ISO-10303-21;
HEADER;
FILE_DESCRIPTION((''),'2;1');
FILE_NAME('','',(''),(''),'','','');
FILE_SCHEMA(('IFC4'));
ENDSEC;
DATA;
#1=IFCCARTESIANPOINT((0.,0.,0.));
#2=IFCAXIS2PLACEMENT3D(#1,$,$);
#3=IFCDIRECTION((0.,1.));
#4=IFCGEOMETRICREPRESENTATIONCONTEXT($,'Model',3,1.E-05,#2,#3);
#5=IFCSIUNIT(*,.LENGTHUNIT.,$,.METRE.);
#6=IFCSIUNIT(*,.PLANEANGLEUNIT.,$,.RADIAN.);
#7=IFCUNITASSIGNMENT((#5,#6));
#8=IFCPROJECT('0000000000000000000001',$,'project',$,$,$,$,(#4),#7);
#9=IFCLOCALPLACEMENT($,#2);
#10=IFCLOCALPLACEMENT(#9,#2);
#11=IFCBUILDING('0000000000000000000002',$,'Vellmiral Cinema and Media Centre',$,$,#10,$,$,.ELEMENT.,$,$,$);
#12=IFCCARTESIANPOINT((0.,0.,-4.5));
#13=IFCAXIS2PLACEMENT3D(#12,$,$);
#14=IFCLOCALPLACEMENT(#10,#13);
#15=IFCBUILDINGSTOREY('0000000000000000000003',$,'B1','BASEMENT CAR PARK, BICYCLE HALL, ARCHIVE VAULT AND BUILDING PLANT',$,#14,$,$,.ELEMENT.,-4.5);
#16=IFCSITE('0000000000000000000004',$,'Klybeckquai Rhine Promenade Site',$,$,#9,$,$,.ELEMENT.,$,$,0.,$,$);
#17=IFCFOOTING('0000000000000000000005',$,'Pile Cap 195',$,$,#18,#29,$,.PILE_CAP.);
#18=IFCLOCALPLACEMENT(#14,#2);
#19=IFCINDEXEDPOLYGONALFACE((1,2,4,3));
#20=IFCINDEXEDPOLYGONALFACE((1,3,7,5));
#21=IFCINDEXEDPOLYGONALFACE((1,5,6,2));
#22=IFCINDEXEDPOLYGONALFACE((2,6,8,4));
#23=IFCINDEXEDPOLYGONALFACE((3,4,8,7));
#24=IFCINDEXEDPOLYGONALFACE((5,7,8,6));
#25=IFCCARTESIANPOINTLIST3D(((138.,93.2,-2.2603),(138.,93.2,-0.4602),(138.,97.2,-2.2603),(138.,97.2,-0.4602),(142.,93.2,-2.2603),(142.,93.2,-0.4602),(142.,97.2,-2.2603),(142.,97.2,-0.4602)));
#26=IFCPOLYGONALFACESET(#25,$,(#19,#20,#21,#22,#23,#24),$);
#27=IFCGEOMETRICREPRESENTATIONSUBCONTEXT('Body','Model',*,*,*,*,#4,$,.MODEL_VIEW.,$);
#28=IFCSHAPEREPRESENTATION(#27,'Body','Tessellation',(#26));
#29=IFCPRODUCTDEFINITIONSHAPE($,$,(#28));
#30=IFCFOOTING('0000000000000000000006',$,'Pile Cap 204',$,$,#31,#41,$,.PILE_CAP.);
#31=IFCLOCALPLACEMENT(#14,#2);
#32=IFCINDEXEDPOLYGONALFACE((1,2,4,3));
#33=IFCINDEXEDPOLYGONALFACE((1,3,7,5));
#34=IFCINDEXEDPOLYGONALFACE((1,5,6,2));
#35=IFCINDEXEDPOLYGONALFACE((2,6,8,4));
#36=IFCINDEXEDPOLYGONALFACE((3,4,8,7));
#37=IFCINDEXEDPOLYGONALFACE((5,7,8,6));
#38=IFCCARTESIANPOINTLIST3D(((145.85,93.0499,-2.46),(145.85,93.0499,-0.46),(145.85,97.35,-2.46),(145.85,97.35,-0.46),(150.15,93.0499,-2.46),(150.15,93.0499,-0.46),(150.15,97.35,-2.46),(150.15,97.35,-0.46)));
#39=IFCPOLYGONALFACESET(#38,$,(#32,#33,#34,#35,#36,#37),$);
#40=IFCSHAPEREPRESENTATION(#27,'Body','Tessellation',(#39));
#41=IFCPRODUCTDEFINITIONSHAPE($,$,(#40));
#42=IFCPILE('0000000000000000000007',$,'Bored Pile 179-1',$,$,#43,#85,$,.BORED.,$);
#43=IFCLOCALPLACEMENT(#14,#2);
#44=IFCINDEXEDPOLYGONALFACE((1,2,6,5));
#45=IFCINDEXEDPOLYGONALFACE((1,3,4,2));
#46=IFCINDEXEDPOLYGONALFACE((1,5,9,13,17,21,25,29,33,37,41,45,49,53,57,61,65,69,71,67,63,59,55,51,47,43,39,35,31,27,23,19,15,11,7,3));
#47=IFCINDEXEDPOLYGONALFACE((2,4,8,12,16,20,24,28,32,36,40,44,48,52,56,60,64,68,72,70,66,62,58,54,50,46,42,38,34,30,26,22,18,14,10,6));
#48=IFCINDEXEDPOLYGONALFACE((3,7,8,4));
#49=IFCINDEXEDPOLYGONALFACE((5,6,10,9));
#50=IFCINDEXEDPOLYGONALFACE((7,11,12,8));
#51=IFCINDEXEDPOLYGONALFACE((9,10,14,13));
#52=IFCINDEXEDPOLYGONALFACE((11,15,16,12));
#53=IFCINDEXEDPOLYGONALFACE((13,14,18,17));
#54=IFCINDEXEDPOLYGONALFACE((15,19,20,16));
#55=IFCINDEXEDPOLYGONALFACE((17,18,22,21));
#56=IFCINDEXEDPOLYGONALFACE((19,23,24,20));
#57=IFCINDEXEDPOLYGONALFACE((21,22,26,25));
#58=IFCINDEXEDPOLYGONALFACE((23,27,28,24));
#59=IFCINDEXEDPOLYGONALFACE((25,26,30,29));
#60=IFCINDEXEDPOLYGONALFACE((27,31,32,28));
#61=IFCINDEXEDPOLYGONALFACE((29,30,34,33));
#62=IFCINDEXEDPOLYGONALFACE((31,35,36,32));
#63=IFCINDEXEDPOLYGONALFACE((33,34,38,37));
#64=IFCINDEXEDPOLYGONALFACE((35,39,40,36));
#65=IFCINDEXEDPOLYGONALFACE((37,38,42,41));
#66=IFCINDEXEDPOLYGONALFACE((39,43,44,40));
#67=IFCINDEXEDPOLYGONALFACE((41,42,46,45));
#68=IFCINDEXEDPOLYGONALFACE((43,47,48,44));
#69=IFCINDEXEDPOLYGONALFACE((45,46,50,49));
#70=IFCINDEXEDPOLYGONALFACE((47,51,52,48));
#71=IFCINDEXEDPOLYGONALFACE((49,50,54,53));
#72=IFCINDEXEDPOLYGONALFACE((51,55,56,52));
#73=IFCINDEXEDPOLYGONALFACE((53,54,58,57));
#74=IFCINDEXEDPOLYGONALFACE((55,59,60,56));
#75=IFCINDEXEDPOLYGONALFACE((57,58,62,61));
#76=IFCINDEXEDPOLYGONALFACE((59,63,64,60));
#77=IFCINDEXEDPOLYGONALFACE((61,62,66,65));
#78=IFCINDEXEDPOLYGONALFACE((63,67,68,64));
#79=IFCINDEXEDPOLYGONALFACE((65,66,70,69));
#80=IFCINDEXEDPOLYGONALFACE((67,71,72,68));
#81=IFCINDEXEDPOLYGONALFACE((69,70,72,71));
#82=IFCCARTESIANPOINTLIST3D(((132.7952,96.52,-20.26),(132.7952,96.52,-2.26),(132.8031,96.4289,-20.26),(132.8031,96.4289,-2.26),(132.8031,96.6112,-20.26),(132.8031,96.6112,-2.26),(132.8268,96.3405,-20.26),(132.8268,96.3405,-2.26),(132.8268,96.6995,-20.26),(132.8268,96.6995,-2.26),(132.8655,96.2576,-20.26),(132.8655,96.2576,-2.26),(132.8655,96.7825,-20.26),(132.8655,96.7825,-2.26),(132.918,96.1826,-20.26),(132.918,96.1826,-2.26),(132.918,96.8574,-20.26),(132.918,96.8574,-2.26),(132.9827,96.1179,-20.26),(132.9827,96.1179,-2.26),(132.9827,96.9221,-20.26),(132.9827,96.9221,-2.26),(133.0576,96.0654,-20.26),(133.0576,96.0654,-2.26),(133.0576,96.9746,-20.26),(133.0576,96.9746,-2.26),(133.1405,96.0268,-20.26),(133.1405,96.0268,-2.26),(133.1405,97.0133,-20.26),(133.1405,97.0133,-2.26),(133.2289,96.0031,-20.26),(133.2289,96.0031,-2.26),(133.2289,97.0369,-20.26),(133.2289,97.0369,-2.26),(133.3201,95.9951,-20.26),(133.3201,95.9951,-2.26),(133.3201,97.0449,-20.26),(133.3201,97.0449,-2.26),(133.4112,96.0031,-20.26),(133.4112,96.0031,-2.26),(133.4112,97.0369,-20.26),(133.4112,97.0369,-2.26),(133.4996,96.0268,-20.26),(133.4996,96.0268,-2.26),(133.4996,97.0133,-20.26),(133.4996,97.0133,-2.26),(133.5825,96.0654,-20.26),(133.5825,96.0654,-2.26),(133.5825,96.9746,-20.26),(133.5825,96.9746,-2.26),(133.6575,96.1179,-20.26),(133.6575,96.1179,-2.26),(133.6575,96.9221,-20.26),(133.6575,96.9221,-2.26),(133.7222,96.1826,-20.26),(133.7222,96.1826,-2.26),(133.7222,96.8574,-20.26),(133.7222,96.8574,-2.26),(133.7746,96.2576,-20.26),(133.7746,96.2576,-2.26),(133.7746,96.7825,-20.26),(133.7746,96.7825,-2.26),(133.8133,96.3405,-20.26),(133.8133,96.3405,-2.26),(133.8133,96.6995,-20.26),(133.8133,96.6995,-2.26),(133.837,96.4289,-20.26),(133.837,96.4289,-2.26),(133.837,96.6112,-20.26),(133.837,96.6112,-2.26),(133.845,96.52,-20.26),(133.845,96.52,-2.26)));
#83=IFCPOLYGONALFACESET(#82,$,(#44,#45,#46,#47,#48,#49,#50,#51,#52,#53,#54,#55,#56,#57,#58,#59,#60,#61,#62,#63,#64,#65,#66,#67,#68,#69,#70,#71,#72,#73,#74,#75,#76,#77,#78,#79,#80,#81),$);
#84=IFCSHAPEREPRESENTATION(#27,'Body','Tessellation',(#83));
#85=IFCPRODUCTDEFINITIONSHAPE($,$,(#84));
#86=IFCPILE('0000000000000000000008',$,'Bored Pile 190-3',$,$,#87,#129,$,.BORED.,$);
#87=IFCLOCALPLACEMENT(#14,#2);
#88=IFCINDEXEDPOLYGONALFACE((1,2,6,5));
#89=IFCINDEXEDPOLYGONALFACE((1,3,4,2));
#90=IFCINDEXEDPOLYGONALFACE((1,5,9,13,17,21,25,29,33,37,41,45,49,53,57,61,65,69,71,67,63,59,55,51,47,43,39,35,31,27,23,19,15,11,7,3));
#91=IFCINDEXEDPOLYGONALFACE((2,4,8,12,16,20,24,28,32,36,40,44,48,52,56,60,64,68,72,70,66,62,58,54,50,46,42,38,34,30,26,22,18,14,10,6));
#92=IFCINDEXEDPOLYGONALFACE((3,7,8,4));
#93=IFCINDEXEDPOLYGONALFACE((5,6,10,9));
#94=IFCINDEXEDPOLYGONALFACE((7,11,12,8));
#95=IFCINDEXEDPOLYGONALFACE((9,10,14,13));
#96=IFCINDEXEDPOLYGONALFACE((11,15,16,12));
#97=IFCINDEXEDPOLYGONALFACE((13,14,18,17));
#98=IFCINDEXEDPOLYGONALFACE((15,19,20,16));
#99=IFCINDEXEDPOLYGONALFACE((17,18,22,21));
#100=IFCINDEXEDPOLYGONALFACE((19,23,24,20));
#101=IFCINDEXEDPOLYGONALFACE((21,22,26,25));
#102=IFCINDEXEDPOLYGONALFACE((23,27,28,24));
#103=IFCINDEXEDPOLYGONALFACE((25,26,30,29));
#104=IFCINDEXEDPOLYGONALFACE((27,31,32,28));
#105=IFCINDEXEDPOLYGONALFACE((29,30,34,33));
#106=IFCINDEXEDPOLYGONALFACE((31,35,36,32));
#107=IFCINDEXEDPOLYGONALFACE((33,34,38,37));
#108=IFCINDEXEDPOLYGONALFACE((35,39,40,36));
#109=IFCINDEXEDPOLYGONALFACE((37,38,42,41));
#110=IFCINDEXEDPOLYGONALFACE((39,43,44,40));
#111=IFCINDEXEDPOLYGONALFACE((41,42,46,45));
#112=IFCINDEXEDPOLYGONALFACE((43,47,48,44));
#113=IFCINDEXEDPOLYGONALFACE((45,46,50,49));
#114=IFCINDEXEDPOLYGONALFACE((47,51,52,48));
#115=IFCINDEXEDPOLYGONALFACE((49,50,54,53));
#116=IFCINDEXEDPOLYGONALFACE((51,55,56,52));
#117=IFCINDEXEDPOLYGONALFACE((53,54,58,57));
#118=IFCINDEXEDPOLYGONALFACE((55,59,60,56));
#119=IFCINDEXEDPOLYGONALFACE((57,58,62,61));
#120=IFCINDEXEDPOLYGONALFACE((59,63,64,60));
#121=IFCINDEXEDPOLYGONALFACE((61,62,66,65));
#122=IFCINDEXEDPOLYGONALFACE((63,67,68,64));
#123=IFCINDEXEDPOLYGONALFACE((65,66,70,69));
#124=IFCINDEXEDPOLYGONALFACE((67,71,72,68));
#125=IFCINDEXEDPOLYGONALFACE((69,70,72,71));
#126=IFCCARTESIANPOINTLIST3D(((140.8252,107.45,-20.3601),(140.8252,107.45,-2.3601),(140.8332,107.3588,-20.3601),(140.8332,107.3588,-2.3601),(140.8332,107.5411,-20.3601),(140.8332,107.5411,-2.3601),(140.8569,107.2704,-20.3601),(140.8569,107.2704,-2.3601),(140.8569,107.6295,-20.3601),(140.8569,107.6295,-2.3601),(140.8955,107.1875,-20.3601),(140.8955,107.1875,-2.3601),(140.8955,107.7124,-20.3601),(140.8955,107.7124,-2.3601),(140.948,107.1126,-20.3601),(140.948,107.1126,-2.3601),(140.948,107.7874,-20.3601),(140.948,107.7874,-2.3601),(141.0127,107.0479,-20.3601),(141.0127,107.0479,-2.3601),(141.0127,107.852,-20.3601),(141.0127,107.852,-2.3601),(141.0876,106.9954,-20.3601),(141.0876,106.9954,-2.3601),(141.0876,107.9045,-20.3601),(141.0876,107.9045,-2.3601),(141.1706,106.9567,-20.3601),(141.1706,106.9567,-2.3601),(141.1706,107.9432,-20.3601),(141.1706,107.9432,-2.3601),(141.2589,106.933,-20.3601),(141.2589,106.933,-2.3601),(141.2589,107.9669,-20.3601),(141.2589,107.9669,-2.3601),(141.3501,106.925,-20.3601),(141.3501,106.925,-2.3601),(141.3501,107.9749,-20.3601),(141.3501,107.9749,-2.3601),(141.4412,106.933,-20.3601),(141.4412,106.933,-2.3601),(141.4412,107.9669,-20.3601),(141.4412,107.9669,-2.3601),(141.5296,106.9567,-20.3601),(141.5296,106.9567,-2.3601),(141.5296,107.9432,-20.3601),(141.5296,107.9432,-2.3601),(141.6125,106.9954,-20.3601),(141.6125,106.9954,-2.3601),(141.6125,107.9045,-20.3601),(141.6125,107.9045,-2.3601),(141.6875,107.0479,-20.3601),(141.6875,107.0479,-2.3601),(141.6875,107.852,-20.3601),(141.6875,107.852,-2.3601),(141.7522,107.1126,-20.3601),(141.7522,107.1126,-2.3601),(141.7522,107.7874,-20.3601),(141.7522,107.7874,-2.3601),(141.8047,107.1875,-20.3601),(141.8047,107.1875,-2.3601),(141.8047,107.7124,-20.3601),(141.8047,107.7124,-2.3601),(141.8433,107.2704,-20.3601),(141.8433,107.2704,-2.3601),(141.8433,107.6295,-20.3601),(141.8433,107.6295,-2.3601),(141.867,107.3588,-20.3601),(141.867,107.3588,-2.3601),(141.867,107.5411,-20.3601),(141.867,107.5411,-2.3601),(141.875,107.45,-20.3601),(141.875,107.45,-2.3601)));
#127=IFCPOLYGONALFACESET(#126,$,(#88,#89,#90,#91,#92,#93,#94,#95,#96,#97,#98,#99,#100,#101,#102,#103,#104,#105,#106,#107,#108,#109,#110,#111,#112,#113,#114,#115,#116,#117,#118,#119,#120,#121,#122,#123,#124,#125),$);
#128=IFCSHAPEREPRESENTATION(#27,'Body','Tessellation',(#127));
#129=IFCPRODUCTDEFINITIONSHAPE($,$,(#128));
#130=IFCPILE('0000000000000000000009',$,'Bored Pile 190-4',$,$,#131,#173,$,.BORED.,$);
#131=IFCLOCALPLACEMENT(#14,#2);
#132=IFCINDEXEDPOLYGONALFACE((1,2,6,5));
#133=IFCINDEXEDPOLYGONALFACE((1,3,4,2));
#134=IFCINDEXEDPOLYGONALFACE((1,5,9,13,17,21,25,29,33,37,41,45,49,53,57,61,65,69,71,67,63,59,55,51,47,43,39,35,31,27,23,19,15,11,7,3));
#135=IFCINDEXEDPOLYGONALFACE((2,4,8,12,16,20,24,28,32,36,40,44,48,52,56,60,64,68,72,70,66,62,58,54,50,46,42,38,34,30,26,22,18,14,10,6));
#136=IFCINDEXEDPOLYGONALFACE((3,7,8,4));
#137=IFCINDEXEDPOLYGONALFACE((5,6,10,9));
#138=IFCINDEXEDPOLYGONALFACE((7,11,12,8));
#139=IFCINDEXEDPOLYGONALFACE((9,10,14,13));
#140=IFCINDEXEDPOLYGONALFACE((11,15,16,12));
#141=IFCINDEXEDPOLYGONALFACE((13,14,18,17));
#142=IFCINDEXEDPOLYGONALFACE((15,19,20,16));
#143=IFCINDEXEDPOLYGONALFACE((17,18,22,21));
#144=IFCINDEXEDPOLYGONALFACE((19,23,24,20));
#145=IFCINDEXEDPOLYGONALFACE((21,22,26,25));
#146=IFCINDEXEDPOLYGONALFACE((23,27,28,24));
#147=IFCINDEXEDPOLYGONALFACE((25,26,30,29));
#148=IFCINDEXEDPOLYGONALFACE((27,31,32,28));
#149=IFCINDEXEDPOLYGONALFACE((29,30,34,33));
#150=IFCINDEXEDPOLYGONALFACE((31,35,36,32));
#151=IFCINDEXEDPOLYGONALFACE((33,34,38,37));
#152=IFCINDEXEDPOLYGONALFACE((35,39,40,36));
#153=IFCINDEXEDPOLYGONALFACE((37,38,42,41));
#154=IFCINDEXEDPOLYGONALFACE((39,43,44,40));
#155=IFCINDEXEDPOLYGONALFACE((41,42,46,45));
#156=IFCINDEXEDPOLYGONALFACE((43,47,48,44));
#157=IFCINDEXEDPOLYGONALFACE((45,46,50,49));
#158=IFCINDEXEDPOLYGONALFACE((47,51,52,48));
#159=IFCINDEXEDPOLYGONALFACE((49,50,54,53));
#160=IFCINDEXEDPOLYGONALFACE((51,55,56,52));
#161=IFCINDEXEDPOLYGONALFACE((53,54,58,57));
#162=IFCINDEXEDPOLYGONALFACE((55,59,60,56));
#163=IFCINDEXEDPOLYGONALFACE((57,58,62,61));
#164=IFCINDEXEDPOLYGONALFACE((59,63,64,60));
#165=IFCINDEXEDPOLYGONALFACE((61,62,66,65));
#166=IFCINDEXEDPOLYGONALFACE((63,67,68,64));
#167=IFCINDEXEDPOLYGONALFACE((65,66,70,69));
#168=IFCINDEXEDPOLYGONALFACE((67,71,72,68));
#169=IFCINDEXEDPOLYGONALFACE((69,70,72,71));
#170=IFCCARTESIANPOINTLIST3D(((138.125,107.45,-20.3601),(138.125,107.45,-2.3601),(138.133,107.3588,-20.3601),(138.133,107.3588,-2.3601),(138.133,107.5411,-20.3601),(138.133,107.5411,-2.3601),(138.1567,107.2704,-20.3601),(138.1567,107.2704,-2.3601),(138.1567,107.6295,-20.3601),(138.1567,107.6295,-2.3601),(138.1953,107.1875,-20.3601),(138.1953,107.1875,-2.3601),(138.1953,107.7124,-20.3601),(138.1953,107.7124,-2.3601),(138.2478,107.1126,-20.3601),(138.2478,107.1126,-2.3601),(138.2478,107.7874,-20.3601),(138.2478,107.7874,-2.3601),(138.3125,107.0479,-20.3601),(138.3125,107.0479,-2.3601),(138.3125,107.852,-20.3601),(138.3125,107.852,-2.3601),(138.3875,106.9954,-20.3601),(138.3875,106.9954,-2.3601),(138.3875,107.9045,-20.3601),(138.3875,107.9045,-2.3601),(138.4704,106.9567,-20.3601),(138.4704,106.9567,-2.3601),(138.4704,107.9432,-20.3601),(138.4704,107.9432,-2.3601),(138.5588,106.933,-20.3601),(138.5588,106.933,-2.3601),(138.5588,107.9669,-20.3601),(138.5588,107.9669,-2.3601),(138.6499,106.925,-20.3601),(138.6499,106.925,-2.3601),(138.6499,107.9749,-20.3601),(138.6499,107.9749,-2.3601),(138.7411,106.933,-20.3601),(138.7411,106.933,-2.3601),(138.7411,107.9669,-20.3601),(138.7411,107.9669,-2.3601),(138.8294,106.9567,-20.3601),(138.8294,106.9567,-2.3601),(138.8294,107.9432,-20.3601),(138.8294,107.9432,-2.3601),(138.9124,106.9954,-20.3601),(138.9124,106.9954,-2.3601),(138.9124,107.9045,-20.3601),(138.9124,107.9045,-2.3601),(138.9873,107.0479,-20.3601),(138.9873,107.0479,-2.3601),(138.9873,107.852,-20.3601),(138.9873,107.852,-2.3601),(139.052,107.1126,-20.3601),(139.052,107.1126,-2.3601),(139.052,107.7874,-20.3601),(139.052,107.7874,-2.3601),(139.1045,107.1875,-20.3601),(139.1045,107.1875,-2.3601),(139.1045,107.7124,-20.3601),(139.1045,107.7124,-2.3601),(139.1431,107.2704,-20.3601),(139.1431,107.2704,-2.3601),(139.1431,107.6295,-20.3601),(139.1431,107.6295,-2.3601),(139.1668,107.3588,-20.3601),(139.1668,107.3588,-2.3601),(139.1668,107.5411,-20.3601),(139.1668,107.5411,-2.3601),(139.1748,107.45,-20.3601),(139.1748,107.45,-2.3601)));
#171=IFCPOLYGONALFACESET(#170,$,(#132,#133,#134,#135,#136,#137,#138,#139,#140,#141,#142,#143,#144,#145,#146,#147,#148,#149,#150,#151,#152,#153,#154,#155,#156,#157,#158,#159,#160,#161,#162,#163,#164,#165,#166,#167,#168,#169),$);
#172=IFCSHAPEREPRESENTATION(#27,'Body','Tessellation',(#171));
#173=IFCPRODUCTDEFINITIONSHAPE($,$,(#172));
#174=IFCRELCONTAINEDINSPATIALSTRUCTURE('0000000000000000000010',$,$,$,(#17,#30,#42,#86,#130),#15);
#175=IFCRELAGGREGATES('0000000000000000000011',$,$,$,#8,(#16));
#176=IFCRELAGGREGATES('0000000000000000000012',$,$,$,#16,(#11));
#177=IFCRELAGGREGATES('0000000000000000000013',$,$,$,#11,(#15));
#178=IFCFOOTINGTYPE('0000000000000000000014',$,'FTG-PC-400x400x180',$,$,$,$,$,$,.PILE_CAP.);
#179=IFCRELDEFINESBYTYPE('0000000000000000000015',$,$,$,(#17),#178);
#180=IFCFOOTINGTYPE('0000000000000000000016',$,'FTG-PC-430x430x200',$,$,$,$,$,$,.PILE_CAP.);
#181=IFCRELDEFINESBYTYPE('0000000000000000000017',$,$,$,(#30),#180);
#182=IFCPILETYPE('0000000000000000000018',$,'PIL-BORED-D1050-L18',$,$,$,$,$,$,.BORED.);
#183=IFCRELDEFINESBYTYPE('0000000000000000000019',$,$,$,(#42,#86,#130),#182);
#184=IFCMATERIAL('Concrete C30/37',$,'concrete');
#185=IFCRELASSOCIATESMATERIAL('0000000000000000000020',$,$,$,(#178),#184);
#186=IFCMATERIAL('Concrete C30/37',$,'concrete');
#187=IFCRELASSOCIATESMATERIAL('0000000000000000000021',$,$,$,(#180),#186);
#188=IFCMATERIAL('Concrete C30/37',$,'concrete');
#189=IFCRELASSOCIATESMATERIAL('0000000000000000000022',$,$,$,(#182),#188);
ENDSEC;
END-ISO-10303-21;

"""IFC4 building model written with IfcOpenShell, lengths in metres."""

from ifc_helpers import new_model, si_unit, direction, frame, origin, origin_2d, place, context, subcontext, project, spatial, rectangle, circle, extrude, material, material_profile, profile_set, type_object, element, save


model = new_model("IFC4")

# Units and contexts
model_context = context("Model", 3, precision=1e-05, world=origin(), true_north=direction((0.0, 1.0)))
body_context = subcontext(model_context, "Body", "Model", "MODEL_VIEW")
ifc_project = project(units=[si_unit("LENGTHUNIT", "METRE"), si_unit("PLANEANGLEUNIT", "RADIAN")], contexts=[model_context])

# Site, building, storey
site_placement = place(None, origin())
site = spatial("IfcSite", under=ifc_project, at=site_placement, Name="Klybeckquai Rhine Promenade Site", CompositionType="ELEMENT", RefElevation=0.0)
building_placement = place(site_placement, origin())
building = spatial("IfcBuilding", under=site, at=building_placement, Name="Vellmiral Cinema and Media Centre", CompositionType="ELEMENT")
storey_placement = place(building_placement, frame((0.0, 0.0, -4.5)))
storey = spatial("IfcBuildingStorey", under=building, at=storey_placement, Name="B1", Description="BASEMENT CAR PARK, BICYCLE HALL, ARCHIVE VAULT AND BUILDING PLANT", CompositionType="ELEMENT", Elevation=-4.5)

# Footings
ifc_material_1 = material(Name="Concrete C30/37", Category="concrete")
footing_type_1 = type_object("IfcFootingType", Name="FTG-PC-400x400x180", PredefinedType="PILE_CAP", material=ifc_material_1)
footing_1_placement = place(storey_placement, frame((140.0, 95.2, -2.2603), z_axis=(0.0, 0.0, 1.0), x_axis=(1.0, 0.0, 0.0)))
element("IfcFooting", 1, at=footing_1_placement, inside=storey, type_object=footing_type_1, Name="Pile Cap 195", PredefinedType="PILE_CAP", context=body_context, shape_type="SweptSolid", body=[
    extrude(rectangle(XDim=4.0, YDim=4.0, at=origin_2d()), origin(), (0.0, 0.0, 1.0), 1.8),
])
ifc_material_2 = material(Name="Concrete C30/37", Category="concrete")
footing_type_2 = type_object("IfcFootingType", Name="FTG-PC-430x430x200", PredefinedType="PILE_CAP", material=ifc_material_2)
footing_2_placement = place(storey_placement, frame((148.0, 95.2, -2.46), z_axis=(0.0, 0.0, 1.0), x_axis=(1.0, 0.0, 0.0)))
element("IfcFooting", 2, at=footing_2_placement, inside=storey, type_object=footing_type_2, Name="Pile Cap 204", PredefinedType="PILE_CAP", context=body_context, shape_type="SweptSolid", body=[
    extrude(rectangle(XDim=4.3, YDim=4.3, at=origin_2d()), origin(), (0.0, 0.0, 1.0), 2.0),
])

# Piles
ifc_material_3 = material(Name="Concrete C30/37", Category="concrete")
ifc_material_profile_1 = material_profile(ifc_material_3, circle(Radius=0.5249, at=origin_2d()), Name="PILE D1050")
ifc_profile_set_1 = profile_set([ifc_material_profile_1], Name="Concrete C30/37")
pile_type_1 = type_object("IfcPileType", Name="PIL-BORED-D1050-L18", PredefinedType="BORED", material=ifc_profile_set_1)
for number, where, z_axis, x_axis, name in (
    (3, (133.3201, 96.52, -2.26), (0.0, 0.0, -1.0), (1.0, 0.0, 0.0), "Bored Pile 179-1"),
    (4, (141.3501, 107.45, -2.3601), (0.0, 0.0, -1.0), (1.0, 0.0, 0.0), "Bored Pile 190-3"),
    (5, (138.6499, 107.45, -2.3601), (0.0, 0.0, -1.0), (1.0, 0.0, 0.0), "Bored Pile 190-4"),
):
    element("IfcPile", number, at=place(storey_placement, frame(where, z_axis=z_axis, x_axis=x_axis)), inside=storey, type_object=pile_type_1, Name=name, PredefinedType="BORED", context=body_context, shape_type="SweptSolid", body=[
        extrude(circle(Radius=0.5249, at=origin_2d()), origin(), (0.0, 0.0, 1.0), 18.0),
    ])

save(model, "model.ifc")
